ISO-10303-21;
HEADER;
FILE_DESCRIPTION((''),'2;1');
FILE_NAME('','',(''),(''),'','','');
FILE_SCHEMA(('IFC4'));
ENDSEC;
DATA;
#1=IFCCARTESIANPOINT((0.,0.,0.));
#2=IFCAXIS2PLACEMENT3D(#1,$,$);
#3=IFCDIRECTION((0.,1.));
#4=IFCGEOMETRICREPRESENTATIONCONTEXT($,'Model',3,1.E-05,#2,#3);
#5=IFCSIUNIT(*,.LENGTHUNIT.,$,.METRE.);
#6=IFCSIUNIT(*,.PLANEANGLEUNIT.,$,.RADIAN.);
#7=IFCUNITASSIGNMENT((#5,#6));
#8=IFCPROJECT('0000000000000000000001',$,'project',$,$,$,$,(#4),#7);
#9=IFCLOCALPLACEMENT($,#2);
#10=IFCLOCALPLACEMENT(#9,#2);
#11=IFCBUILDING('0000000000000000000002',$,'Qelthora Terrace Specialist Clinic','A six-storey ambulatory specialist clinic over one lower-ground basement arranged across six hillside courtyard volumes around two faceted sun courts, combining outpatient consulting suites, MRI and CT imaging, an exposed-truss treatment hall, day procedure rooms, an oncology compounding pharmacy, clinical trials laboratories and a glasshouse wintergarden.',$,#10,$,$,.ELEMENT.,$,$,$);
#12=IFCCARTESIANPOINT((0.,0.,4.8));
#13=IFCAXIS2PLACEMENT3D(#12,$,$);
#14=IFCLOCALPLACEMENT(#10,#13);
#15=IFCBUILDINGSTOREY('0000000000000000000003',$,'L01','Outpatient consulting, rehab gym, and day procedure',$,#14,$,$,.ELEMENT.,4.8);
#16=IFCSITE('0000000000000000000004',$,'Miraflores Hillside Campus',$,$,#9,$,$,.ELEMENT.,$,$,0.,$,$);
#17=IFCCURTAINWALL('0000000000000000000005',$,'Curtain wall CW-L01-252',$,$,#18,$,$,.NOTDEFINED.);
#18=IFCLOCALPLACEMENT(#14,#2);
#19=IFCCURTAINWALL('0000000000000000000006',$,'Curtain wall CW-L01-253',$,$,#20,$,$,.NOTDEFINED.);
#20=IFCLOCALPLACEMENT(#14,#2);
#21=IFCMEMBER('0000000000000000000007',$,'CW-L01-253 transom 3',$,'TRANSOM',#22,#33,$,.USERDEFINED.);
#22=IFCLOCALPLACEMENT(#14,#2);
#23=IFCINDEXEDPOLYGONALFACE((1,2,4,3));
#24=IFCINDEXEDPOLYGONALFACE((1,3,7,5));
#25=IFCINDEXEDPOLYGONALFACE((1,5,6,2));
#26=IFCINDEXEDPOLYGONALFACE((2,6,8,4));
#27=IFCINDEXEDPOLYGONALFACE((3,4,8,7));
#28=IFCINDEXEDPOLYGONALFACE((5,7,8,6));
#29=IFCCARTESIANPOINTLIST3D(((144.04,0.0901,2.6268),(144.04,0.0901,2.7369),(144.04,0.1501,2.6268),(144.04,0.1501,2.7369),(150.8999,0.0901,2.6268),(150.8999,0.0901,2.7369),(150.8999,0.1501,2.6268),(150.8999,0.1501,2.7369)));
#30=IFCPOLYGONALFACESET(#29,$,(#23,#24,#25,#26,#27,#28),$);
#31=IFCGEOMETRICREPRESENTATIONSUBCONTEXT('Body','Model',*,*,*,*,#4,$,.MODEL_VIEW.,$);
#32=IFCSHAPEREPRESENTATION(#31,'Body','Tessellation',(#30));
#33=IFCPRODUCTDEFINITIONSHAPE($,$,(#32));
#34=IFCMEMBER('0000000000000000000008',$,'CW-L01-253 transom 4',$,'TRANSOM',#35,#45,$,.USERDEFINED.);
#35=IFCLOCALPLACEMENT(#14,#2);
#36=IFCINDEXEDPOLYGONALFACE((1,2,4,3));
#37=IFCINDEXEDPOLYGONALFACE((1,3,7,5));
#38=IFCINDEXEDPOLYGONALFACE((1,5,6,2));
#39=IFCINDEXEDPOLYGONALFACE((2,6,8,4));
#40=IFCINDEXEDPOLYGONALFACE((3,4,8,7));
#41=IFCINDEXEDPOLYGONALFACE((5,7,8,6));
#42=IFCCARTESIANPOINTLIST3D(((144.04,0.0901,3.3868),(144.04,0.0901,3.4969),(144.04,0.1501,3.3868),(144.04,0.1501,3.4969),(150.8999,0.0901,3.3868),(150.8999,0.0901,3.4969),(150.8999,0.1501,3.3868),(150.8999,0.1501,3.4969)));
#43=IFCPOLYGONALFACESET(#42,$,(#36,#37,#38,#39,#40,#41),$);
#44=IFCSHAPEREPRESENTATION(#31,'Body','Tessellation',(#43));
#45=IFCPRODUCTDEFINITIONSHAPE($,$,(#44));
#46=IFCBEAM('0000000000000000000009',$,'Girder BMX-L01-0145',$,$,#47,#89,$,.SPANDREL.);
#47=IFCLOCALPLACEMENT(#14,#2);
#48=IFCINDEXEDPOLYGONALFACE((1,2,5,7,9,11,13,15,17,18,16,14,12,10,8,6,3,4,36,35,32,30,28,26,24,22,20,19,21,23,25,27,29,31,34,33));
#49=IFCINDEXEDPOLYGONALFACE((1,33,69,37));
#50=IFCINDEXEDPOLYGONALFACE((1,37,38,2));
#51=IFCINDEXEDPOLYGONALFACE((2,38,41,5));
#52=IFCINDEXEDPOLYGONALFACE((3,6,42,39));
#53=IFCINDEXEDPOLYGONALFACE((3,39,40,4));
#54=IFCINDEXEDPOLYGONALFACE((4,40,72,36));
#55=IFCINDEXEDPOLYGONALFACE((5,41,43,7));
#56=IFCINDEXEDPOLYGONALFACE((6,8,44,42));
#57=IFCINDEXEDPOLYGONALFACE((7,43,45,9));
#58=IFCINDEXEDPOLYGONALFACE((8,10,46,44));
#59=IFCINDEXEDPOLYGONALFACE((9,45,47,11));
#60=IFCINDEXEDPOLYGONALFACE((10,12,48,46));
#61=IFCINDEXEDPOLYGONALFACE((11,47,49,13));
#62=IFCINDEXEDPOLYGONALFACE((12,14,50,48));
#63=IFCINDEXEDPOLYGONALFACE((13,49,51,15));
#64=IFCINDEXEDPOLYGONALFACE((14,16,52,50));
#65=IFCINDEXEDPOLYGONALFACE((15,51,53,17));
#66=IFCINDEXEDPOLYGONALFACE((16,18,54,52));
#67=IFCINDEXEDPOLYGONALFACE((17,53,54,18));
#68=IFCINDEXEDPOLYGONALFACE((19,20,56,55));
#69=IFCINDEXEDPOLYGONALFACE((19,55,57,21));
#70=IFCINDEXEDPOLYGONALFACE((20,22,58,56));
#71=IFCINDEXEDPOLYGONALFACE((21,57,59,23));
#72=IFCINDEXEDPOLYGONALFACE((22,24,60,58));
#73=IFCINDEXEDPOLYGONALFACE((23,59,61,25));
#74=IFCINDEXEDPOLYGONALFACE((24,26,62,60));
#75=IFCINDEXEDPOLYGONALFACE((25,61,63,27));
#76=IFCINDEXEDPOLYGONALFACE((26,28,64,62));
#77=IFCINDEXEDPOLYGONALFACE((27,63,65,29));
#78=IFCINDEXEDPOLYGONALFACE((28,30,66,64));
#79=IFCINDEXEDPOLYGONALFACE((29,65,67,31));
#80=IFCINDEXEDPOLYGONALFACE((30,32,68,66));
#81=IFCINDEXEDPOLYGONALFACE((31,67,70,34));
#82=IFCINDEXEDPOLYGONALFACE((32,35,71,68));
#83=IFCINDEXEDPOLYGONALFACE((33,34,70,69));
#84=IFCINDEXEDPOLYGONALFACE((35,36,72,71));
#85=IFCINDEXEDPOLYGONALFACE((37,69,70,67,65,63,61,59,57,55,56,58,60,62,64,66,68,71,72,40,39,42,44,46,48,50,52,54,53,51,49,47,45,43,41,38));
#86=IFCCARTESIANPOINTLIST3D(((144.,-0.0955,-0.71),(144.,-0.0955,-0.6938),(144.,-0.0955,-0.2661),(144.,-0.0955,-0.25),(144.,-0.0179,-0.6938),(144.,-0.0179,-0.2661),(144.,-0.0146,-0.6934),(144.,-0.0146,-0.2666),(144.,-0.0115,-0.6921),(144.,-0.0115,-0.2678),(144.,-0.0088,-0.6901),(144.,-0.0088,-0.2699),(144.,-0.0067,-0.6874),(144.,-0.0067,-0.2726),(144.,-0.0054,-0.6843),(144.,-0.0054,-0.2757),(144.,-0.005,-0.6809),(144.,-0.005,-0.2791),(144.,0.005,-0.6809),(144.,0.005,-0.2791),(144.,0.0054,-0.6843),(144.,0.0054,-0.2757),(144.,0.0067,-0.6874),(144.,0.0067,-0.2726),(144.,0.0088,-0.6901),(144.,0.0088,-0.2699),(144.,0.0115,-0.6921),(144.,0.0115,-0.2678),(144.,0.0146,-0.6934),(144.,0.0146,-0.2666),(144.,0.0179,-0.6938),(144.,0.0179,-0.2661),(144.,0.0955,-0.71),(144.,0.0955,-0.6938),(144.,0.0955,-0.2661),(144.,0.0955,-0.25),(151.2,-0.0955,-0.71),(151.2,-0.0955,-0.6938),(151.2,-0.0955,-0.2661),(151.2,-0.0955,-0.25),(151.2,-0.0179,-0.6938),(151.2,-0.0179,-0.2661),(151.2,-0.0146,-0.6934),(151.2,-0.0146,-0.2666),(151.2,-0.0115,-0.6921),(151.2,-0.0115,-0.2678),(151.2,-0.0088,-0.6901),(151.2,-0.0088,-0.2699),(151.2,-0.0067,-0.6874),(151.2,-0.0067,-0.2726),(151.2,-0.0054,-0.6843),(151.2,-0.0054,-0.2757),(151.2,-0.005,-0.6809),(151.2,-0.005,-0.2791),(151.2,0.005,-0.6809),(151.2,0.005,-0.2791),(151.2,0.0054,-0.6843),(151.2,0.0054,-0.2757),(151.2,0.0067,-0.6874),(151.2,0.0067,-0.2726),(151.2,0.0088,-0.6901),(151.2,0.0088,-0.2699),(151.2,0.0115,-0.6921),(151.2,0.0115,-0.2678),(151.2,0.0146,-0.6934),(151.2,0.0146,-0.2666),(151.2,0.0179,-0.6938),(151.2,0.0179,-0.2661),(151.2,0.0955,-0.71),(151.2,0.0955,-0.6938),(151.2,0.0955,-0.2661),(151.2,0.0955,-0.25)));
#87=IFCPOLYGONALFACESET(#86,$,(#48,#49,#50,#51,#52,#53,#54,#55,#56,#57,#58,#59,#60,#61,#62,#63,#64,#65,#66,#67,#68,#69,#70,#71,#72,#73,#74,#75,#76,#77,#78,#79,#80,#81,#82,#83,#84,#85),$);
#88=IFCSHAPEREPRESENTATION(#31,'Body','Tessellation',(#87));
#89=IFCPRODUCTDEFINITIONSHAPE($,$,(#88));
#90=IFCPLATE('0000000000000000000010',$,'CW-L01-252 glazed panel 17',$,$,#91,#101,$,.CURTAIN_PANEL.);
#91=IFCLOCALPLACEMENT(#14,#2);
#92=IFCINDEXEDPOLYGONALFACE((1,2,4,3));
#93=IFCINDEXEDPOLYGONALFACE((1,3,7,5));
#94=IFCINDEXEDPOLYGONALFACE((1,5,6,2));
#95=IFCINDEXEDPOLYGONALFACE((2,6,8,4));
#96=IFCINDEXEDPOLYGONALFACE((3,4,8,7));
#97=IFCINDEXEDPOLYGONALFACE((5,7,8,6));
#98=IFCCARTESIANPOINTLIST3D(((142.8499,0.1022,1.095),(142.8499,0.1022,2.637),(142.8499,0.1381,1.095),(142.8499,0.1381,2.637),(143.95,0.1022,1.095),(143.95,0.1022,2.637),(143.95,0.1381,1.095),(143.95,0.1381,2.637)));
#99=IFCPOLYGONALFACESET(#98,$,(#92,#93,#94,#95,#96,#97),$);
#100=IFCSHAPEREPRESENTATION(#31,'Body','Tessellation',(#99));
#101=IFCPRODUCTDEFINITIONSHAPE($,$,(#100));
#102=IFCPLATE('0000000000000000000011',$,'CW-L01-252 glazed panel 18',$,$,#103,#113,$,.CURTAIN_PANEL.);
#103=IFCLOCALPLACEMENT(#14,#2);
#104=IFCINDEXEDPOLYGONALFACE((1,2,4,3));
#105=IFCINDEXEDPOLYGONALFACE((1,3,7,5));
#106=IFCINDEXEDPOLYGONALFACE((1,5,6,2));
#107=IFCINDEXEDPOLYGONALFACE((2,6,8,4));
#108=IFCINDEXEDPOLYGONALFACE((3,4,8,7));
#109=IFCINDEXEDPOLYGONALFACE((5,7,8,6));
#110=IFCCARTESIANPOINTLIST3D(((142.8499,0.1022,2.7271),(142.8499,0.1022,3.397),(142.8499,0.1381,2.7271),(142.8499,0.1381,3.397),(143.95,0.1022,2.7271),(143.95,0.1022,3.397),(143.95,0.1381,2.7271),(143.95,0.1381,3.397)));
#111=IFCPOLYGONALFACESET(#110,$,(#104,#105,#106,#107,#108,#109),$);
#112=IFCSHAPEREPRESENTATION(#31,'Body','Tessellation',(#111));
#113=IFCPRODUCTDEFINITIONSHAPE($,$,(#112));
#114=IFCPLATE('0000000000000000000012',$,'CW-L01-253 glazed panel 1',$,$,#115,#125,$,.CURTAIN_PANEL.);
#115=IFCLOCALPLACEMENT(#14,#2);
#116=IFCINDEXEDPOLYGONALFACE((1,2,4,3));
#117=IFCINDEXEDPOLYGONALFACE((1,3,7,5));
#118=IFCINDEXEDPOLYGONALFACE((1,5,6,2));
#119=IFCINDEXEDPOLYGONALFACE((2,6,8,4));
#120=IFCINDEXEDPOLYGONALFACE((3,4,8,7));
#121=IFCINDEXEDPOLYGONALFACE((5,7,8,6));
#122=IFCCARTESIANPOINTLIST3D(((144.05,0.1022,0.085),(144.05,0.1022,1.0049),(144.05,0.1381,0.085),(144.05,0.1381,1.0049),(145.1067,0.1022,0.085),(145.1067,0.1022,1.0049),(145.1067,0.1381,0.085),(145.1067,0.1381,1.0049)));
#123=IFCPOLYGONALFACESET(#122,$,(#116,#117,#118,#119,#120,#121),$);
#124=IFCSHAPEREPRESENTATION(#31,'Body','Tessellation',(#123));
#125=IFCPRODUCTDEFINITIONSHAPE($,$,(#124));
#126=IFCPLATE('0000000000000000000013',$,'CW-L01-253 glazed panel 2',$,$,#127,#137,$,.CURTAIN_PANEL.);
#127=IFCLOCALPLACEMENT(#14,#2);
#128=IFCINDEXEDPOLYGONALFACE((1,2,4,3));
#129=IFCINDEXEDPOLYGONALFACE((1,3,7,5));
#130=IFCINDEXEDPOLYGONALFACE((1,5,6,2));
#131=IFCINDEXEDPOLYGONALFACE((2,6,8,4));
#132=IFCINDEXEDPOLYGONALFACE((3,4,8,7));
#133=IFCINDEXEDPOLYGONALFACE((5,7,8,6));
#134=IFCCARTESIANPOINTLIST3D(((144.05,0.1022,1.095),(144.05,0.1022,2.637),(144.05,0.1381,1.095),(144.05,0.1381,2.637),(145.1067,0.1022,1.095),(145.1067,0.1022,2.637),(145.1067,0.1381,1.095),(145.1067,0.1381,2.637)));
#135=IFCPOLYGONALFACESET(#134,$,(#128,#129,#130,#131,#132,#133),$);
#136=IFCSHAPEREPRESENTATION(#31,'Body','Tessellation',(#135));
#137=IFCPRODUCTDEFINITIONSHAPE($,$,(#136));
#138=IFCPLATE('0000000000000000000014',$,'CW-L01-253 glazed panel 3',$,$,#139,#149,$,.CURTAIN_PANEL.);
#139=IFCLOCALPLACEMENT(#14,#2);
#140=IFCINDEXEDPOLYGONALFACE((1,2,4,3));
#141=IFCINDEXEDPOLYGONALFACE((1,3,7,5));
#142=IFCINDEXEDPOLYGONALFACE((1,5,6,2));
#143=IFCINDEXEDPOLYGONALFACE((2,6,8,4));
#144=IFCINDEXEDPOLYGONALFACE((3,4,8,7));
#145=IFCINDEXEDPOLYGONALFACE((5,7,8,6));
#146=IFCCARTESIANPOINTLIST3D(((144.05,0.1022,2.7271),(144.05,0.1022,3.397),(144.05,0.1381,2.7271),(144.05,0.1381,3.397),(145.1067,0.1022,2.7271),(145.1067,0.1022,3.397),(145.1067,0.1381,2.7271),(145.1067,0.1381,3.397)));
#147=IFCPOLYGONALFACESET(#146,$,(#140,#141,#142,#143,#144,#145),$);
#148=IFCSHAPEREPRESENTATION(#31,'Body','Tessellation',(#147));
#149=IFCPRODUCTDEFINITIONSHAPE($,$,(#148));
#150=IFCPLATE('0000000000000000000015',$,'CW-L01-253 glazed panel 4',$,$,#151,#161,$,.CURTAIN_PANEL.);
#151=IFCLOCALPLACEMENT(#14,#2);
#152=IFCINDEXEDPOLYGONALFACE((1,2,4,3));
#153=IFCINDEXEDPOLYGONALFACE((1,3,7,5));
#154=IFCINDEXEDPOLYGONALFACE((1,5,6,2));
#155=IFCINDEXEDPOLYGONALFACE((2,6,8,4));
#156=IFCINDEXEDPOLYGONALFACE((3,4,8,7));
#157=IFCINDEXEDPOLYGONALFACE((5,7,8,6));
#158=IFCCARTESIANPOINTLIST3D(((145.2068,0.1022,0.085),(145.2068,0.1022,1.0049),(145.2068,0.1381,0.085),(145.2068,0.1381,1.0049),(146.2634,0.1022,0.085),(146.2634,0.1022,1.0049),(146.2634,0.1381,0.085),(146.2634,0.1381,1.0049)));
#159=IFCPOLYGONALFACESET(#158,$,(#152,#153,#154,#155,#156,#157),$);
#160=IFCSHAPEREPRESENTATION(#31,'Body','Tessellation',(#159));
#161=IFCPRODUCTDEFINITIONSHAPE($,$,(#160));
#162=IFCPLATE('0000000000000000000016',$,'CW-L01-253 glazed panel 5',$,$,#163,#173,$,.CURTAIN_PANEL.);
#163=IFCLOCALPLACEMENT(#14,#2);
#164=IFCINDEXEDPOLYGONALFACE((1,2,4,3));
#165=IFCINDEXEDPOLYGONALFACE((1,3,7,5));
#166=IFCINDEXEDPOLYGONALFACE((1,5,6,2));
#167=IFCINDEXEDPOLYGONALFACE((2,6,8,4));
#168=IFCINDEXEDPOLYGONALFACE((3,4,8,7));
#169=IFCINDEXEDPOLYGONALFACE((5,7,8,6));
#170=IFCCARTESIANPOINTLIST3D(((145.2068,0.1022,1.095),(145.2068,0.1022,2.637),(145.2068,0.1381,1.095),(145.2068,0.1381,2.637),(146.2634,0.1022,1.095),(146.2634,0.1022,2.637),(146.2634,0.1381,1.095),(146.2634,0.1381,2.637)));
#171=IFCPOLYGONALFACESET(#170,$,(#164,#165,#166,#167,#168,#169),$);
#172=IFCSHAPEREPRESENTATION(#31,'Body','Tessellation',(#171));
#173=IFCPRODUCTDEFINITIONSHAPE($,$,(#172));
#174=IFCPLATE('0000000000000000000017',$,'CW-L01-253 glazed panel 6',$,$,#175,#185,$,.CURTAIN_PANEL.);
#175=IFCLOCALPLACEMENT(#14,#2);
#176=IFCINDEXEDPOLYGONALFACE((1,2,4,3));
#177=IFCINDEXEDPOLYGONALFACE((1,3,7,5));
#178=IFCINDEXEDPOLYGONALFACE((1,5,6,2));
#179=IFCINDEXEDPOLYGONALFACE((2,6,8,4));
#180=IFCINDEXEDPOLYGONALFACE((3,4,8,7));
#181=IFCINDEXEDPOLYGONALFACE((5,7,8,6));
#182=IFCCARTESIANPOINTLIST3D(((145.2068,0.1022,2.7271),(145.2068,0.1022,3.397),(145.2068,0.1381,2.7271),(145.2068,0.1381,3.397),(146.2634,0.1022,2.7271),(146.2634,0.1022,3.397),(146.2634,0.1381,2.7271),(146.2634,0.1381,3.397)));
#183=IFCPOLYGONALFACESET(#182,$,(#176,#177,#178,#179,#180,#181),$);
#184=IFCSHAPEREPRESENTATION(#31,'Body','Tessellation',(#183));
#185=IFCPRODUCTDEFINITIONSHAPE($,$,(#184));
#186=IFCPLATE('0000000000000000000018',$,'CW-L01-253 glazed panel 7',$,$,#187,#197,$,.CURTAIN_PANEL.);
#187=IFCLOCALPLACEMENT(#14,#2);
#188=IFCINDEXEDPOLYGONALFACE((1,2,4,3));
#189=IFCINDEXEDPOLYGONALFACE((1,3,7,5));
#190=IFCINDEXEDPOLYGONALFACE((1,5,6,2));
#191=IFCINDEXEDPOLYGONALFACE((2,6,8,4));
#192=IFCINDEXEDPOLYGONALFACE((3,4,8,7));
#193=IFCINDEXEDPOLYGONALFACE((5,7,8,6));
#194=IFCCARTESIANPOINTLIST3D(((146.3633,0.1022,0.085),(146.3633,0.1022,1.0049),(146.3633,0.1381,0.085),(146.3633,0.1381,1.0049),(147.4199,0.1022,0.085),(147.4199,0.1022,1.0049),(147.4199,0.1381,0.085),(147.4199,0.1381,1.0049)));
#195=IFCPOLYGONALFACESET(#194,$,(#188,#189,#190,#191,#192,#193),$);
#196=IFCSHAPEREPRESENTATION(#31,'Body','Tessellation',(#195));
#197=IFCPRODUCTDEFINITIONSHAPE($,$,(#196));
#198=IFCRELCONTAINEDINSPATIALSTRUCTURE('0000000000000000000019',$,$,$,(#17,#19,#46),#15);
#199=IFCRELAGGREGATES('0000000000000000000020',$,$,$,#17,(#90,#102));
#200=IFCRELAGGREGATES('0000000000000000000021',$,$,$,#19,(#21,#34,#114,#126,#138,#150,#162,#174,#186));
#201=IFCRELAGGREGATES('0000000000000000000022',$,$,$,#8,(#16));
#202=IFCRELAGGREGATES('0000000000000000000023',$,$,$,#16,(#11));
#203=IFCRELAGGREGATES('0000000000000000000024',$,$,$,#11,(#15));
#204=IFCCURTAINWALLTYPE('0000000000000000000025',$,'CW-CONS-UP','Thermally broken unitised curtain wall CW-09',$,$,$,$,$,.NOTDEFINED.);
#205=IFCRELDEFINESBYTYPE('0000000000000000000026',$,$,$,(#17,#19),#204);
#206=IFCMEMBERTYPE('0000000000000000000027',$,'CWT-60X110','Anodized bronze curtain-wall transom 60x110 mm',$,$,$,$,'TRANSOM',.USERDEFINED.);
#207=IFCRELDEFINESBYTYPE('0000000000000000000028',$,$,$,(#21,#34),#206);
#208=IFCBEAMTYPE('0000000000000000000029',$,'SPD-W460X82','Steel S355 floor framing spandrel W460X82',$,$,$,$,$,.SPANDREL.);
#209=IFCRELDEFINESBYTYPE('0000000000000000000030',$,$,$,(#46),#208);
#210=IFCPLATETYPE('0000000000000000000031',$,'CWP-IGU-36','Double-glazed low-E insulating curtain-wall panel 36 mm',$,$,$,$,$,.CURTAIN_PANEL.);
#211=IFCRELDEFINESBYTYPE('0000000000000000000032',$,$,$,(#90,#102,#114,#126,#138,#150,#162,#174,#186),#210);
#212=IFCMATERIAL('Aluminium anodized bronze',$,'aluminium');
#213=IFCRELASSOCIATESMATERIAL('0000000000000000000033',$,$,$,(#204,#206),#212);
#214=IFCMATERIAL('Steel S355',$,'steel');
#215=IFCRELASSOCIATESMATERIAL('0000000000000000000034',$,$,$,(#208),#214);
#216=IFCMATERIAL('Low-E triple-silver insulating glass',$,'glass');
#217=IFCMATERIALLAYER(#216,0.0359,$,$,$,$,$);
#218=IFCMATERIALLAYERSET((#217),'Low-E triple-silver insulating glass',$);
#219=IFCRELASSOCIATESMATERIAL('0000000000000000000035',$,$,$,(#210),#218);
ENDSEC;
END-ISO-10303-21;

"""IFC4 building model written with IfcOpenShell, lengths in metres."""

from ifc_helpers import new_model, si_unit, direction, frame, origin, origin_2d, place, context, subcontext, project, spatial, rectangle, i_section, extrude, material, layer, layer_set, material_profile, profile_set, type_object, element, aggregate, save


model = new_model("IFC4")

# Units and contexts
model_context = context("Model", 3, precision=1e-05, world=origin(), true_north=direction((0.0, 1.0)))
body_context = subcontext(model_context, "Body", "Model", "MODEL_VIEW")
ifc_project = project(units=[si_unit("LENGTHUNIT", "METRE"), si_unit("PLANEANGLEUNIT", "RADIAN")], contexts=[model_context])

# Site, building, storey
site_placement = place(None, origin())
site = spatial("IfcSite", under=ifc_project, at=site_placement, Name="Miraflores Hillside Campus", CompositionType="ELEMENT", RefElevation=0.0)
building_placement = place(site_placement, origin())
building = spatial("IfcBuilding", under=site, at=building_placement, Name="Qelthora Terrace Specialist Clinic", Description="A six-storey ambulatory specialist clinic over one lower-ground basement arranged across six hillside courtyard volumes around two faceted sun courts, combining outpatient consulting suites, MRI and CT imaging, an exposed-truss treatment hall, day procedure rooms, an oncology compounding pharmacy, clinical trials laboratories and a glasshouse wintergarden.", CompositionType="ELEMENT")
storey_placement = place(building_placement, frame((0.0, 0.0, 4.8)))
storey = spatial("IfcBuildingStorey", under=building, at=storey_placement, Name="L01", Description="Outpatient consulting, rehab gym, and day procedure", CompositionType="ELEMENT", Elevation=4.8)

# Shared definitions
ifc_material_1 = material(Name="Steel S355", Category="steel")

# Curtain wall
ifc_material_2 = material(Name="Aluminium anodized bronze", Category="aluminium")
curtain_wall_type = type_object("IfcCurtainWallType", Name="CW-CONS-UP", Description="Thermally broken unitised curtain wall CW-09", PredefinedType="NOTDEFINED", material=ifc_material_2)
curtain_wall_1_placement = place(storey_placement, origin())
curtain_wall_1 = element("IfcCurtainWall", 1, at=curtain_wall_1_placement, inside=storey, type_object=curtain_wall_type, Name="Curtain wall CW-L01-252", PredefinedType="NOTDEFINED")

# Curtain wall, members
curtain_wall_2_placement = place(storey_placement, origin())
curtain_wall_2 = element("IfcCurtainWall", 2, at=curtain_wall_2_placement, inside=storey, type_object=curtain_wall_type, Name="Curtain wall CW-L01-253", PredefinedType="NOTDEFINED")
ifc_material_profile_1 = material_profile(ifc_material_2, rectangle(XDim=0.0601, YDim=0.1101, at=origin_2d()), Name="CWT60X110")
ifc_profile_set_1 = profile_set([ifc_material_profile_1], Name="Aluminium anodized bronze")
member_type_1 = type_object("IfcMemberType", Name="CWT-60X110", Description="Anodized bronze curtain-wall transom 60x110 mm", ElementType="TRANSOM", PredefinedType="USERDEFINED", material=ifc_profile_set_1)
member_1_placement = place(storey_placement, frame((144.04, 0.1201, 2.6819), z_axis=(1.0, 0.0, 0.0), x_axis=(0.0, 1.0, 0.0)))
member_1 = element("IfcMember", 3, at=member_1_placement, type_object=member_type_1, Name="CW-L01-253 transom 3", ObjectType="TRANSOM", PredefinedType="USERDEFINED", context=body_context, shape_type="SweptSolid", body=[
    extrude(rectangle(XDim=0.0601, YDim=0.1101, at=origin_2d()), origin(), (0.0, 0.0, 1.0), 6.8599),
])
member_2_placement = place(storey_placement, frame((144.04, 0.1201, 3.4419), z_axis=(1.0, 0.0, 0.0), x_axis=(0.0, 1.0, 0.0)))
member_2 = element("IfcMember", 4, at=member_2_placement, type_object=member_type_1, Name="CW-L01-253 transom 4", ObjectType="TRANSOM", PredefinedType="USERDEFINED", context=body_context, shape_type="SweptSolid", body=[
    extrude(rectangle(XDim=0.0601, YDim=0.1101, at=origin_2d()), origin(), (0.0, 0.0, 1.0), 6.8599),
])

# Beam
ifc_material_profile_2 = material_profile(ifc_material_1, i_section(OverallWidth=0.1909, OverallDepth=0.46, WebThickness=0.01, FlangeThickness=0.0161, FilletRadius=0.0129, at=origin_2d()), Name="W460X82")
ifc_profile_set_2 = profile_set([ifc_material_profile_2], Name="Steel S355")
beam_type_1 = type_object("IfcBeamType", Name="SPD-W460X82", Description="Steel S355 floor framing spandrel W460X82", PredefinedType="SPANDREL", material=ifc_profile_set_2)
beam_1_placement = place(storey_placement, frame((144.0, 0.0, -0.48), z_axis=(1.0, 0.0, 0.0), x_axis=(0.0, 1.0, 0.0)))
element("IfcBeam", 5, at=beam_1_placement, inside=storey, type_object=beam_type_1, Name="Girder BMX-L01-0145", PredefinedType="SPANDREL", context=body_context, shape_type="SweptSolid", body=[
    extrude(i_section(OverallWidth=0.1909, OverallDepth=0.46, WebThickness=0.01, FlangeThickness=0.0161, FilletRadius=0.0129, at=origin_2d()), origin(), (0.0, 0.0, 1.0), 7.2),
])

# Plates
ifc_material_3 = material(Name="Low-E triple-silver insulating glass", Category="glass")
ifc_layer_1 = layer(ifc_material_3, 0.0359)
ifc_layer_set_1 = layer_set([ifc_layer_1], Name="Low-E triple-silver insulating glass")
plate_type = type_object("IfcPlateType", Name="CWP-IGU-36", Description="Double-glazed low-E insulating curtain-wall panel 36 mm", PredefinedType="CURTAIN_PANEL", material=ifc_layer_set_1)
plate_1_placement = place(storey_placement, frame((143.3999, 0.1201, 1.095), z_axis=(0.0, 0.0, 1.0), x_axis=(1.0, 0.0, 0.0)))
plate_1 = element("IfcPlate", 6, at=plate_1_placement, type_object=plate_type, Name="CW-L01-252 glazed panel 17", PredefinedType="CURTAIN_PANEL", context=body_context, shape_type="SweptSolid", body=[
    extrude(rectangle(XDim=1.1001, YDim=0.0359, at=origin_2d()), origin(), (0.0, 0.0, 1.0), 1.542),
])
plate_2_placement = place(storey_placement, frame((143.3999, 0.1201, 2.7271), z_axis=(0.0, 0.0, 1.0), x_axis=(1.0, 0.0, 0.0)))
plate_2 = element("IfcPlate", 7, at=plate_2_placement, type_object=plate_type, Name="CW-L01-252 glazed panel 18", PredefinedType="CURTAIN_PANEL", context=body_context, shape_type="SweptSolid", body=[
    extrude(rectangle(XDim=1.1001, YDim=0.0359, at=origin_2d()), origin(), (0.0, 0.0, 1.0), 0.6699),
])
aggregate(curtain_wall_1, [plate_1, plate_2])
plate_3_placement = place(storey_placement, frame((144.5784, 0.1201, 0.085), z_axis=(0.0, 0.0, 1.0), x_axis=(1.0, 0.0, 0.0)))
plate_3 = element("IfcPlate", 8, at=plate_3_placement, type_object=plate_type, Name="CW-L01-253 glazed panel 1", PredefinedType="CURTAIN_PANEL", context=body_context, shape_type="SweptSolid", body=[
    extrude(rectangle(XDim=1.0566, YDim=0.0359, at=origin_2d()), origin(), (0.0, 0.0, 1.0), 0.9199),
])
plate_4_placement = place(storey_placement, frame((144.5784, 0.1201, 1.095), z_axis=(0.0, 0.0, 1.0), x_axis=(1.0, 0.0, 0.0)))
plate_4 = element("IfcPlate", 9, at=plate_4_placement, type_object=plate_type, Name="CW-L01-253 glazed panel 2", PredefinedType="CURTAIN_PANEL", context=body_context, shape_type="SweptSolid", body=[
    extrude(rectangle(XDim=1.0566, YDim=0.0359, at=origin_2d()), origin(), (0.0, 0.0, 1.0), 1.542),
])
plate_5_placement = place(storey_placement, frame((144.5784, 0.1201, 2.7271), z_axis=(0.0, 0.0, 1.0), x_axis=(1.0, 0.0, 0.0)))
plate_5 = element("IfcPlate", 10, at=plate_5_placement, type_object=plate_type, Name="CW-L01-253 glazed panel 3", PredefinedType="CURTAIN_PANEL", context=body_context, shape_type="SweptSolid", body=[
    extrude(rectangle(XDim=1.0566, YDim=0.0359, at=origin_2d()), origin(), (0.0, 0.0, 1.0), 0.6699),
])
plate_6_placement = place(storey_placement, frame((145.7351, 0.1201, 0.085), z_axis=(0.0, 0.0, 1.0), x_axis=(1.0, 0.0, 0.0)))
plate_6 = element("IfcPlate", 11, at=plate_6_placement, type_object=plate_type, Name="CW-L01-253 glazed panel 4", PredefinedType="CURTAIN_PANEL", context=body_context, shape_type="SweptSolid", body=[
    extrude(rectangle(XDim=1.0566, YDim=0.0359, at=origin_2d()), origin(), (0.0, 0.0, 1.0), 0.9199),
])
plate_7_placement = place(storey_placement, frame((145.7351, 0.1201, 1.095), z_axis=(0.0, 0.0, 1.0), x_axis=(1.0, 0.0, 0.0)))
plate_7 = element("IfcPlate", 12, at=plate_7_placement, type_object=plate_type, Name="CW-L01-253 glazed panel 5", PredefinedType="CURTAIN_PANEL", context=body_context, shape_type="SweptSolid", body=[
    extrude(rectangle(XDim=1.0566, YDim=0.0359, at=origin_2d()), origin(), (0.0, 0.0, 1.0), 1.542),
])
plate_8_placement = place(storey_placement, frame((145.7351, 0.1201, 2.7271), z_axis=(0.0, 0.0, 1.0), x_axis=(1.0, 0.0, 0.0)))
plate_8 = element("IfcPlate", 13, at=plate_8_placement, type_object=plate_type, Name="CW-L01-253 glazed panel 6", PredefinedType="CURTAIN_PANEL", context=body_context, shape_type="SweptSolid", body=[
    extrude(rectangle(XDim=1.0566, YDim=0.0359, at=origin_2d()), origin(), (0.0, 0.0, 1.0), 0.6699),
])
plate_9_placement = place(storey_placement, frame((146.8916, 0.1201, 0.085), z_axis=(0.0, 0.0, 1.0), x_axis=(1.0, 0.0, 0.0)))
plate_9 = element("IfcPlate", 14, at=plate_9_placement, type_object=plate_type, Name="CW-L01-253 glazed panel 7", PredefinedType="CURTAIN_PANEL", context=body_context, shape_type="SweptSolid", body=[
    extrude(rectangle(XDim=1.0566, YDim=0.0359, at=origin_2d()), origin(), (0.0, 0.0, 1.0), 0.9199),
])
aggregate(curtain_wall_2, [member_1, member_2, plate_3, plate_4, plate_5, plate_6, plate_7, plate_8, plate_9])

save(model, "model.ifc")
